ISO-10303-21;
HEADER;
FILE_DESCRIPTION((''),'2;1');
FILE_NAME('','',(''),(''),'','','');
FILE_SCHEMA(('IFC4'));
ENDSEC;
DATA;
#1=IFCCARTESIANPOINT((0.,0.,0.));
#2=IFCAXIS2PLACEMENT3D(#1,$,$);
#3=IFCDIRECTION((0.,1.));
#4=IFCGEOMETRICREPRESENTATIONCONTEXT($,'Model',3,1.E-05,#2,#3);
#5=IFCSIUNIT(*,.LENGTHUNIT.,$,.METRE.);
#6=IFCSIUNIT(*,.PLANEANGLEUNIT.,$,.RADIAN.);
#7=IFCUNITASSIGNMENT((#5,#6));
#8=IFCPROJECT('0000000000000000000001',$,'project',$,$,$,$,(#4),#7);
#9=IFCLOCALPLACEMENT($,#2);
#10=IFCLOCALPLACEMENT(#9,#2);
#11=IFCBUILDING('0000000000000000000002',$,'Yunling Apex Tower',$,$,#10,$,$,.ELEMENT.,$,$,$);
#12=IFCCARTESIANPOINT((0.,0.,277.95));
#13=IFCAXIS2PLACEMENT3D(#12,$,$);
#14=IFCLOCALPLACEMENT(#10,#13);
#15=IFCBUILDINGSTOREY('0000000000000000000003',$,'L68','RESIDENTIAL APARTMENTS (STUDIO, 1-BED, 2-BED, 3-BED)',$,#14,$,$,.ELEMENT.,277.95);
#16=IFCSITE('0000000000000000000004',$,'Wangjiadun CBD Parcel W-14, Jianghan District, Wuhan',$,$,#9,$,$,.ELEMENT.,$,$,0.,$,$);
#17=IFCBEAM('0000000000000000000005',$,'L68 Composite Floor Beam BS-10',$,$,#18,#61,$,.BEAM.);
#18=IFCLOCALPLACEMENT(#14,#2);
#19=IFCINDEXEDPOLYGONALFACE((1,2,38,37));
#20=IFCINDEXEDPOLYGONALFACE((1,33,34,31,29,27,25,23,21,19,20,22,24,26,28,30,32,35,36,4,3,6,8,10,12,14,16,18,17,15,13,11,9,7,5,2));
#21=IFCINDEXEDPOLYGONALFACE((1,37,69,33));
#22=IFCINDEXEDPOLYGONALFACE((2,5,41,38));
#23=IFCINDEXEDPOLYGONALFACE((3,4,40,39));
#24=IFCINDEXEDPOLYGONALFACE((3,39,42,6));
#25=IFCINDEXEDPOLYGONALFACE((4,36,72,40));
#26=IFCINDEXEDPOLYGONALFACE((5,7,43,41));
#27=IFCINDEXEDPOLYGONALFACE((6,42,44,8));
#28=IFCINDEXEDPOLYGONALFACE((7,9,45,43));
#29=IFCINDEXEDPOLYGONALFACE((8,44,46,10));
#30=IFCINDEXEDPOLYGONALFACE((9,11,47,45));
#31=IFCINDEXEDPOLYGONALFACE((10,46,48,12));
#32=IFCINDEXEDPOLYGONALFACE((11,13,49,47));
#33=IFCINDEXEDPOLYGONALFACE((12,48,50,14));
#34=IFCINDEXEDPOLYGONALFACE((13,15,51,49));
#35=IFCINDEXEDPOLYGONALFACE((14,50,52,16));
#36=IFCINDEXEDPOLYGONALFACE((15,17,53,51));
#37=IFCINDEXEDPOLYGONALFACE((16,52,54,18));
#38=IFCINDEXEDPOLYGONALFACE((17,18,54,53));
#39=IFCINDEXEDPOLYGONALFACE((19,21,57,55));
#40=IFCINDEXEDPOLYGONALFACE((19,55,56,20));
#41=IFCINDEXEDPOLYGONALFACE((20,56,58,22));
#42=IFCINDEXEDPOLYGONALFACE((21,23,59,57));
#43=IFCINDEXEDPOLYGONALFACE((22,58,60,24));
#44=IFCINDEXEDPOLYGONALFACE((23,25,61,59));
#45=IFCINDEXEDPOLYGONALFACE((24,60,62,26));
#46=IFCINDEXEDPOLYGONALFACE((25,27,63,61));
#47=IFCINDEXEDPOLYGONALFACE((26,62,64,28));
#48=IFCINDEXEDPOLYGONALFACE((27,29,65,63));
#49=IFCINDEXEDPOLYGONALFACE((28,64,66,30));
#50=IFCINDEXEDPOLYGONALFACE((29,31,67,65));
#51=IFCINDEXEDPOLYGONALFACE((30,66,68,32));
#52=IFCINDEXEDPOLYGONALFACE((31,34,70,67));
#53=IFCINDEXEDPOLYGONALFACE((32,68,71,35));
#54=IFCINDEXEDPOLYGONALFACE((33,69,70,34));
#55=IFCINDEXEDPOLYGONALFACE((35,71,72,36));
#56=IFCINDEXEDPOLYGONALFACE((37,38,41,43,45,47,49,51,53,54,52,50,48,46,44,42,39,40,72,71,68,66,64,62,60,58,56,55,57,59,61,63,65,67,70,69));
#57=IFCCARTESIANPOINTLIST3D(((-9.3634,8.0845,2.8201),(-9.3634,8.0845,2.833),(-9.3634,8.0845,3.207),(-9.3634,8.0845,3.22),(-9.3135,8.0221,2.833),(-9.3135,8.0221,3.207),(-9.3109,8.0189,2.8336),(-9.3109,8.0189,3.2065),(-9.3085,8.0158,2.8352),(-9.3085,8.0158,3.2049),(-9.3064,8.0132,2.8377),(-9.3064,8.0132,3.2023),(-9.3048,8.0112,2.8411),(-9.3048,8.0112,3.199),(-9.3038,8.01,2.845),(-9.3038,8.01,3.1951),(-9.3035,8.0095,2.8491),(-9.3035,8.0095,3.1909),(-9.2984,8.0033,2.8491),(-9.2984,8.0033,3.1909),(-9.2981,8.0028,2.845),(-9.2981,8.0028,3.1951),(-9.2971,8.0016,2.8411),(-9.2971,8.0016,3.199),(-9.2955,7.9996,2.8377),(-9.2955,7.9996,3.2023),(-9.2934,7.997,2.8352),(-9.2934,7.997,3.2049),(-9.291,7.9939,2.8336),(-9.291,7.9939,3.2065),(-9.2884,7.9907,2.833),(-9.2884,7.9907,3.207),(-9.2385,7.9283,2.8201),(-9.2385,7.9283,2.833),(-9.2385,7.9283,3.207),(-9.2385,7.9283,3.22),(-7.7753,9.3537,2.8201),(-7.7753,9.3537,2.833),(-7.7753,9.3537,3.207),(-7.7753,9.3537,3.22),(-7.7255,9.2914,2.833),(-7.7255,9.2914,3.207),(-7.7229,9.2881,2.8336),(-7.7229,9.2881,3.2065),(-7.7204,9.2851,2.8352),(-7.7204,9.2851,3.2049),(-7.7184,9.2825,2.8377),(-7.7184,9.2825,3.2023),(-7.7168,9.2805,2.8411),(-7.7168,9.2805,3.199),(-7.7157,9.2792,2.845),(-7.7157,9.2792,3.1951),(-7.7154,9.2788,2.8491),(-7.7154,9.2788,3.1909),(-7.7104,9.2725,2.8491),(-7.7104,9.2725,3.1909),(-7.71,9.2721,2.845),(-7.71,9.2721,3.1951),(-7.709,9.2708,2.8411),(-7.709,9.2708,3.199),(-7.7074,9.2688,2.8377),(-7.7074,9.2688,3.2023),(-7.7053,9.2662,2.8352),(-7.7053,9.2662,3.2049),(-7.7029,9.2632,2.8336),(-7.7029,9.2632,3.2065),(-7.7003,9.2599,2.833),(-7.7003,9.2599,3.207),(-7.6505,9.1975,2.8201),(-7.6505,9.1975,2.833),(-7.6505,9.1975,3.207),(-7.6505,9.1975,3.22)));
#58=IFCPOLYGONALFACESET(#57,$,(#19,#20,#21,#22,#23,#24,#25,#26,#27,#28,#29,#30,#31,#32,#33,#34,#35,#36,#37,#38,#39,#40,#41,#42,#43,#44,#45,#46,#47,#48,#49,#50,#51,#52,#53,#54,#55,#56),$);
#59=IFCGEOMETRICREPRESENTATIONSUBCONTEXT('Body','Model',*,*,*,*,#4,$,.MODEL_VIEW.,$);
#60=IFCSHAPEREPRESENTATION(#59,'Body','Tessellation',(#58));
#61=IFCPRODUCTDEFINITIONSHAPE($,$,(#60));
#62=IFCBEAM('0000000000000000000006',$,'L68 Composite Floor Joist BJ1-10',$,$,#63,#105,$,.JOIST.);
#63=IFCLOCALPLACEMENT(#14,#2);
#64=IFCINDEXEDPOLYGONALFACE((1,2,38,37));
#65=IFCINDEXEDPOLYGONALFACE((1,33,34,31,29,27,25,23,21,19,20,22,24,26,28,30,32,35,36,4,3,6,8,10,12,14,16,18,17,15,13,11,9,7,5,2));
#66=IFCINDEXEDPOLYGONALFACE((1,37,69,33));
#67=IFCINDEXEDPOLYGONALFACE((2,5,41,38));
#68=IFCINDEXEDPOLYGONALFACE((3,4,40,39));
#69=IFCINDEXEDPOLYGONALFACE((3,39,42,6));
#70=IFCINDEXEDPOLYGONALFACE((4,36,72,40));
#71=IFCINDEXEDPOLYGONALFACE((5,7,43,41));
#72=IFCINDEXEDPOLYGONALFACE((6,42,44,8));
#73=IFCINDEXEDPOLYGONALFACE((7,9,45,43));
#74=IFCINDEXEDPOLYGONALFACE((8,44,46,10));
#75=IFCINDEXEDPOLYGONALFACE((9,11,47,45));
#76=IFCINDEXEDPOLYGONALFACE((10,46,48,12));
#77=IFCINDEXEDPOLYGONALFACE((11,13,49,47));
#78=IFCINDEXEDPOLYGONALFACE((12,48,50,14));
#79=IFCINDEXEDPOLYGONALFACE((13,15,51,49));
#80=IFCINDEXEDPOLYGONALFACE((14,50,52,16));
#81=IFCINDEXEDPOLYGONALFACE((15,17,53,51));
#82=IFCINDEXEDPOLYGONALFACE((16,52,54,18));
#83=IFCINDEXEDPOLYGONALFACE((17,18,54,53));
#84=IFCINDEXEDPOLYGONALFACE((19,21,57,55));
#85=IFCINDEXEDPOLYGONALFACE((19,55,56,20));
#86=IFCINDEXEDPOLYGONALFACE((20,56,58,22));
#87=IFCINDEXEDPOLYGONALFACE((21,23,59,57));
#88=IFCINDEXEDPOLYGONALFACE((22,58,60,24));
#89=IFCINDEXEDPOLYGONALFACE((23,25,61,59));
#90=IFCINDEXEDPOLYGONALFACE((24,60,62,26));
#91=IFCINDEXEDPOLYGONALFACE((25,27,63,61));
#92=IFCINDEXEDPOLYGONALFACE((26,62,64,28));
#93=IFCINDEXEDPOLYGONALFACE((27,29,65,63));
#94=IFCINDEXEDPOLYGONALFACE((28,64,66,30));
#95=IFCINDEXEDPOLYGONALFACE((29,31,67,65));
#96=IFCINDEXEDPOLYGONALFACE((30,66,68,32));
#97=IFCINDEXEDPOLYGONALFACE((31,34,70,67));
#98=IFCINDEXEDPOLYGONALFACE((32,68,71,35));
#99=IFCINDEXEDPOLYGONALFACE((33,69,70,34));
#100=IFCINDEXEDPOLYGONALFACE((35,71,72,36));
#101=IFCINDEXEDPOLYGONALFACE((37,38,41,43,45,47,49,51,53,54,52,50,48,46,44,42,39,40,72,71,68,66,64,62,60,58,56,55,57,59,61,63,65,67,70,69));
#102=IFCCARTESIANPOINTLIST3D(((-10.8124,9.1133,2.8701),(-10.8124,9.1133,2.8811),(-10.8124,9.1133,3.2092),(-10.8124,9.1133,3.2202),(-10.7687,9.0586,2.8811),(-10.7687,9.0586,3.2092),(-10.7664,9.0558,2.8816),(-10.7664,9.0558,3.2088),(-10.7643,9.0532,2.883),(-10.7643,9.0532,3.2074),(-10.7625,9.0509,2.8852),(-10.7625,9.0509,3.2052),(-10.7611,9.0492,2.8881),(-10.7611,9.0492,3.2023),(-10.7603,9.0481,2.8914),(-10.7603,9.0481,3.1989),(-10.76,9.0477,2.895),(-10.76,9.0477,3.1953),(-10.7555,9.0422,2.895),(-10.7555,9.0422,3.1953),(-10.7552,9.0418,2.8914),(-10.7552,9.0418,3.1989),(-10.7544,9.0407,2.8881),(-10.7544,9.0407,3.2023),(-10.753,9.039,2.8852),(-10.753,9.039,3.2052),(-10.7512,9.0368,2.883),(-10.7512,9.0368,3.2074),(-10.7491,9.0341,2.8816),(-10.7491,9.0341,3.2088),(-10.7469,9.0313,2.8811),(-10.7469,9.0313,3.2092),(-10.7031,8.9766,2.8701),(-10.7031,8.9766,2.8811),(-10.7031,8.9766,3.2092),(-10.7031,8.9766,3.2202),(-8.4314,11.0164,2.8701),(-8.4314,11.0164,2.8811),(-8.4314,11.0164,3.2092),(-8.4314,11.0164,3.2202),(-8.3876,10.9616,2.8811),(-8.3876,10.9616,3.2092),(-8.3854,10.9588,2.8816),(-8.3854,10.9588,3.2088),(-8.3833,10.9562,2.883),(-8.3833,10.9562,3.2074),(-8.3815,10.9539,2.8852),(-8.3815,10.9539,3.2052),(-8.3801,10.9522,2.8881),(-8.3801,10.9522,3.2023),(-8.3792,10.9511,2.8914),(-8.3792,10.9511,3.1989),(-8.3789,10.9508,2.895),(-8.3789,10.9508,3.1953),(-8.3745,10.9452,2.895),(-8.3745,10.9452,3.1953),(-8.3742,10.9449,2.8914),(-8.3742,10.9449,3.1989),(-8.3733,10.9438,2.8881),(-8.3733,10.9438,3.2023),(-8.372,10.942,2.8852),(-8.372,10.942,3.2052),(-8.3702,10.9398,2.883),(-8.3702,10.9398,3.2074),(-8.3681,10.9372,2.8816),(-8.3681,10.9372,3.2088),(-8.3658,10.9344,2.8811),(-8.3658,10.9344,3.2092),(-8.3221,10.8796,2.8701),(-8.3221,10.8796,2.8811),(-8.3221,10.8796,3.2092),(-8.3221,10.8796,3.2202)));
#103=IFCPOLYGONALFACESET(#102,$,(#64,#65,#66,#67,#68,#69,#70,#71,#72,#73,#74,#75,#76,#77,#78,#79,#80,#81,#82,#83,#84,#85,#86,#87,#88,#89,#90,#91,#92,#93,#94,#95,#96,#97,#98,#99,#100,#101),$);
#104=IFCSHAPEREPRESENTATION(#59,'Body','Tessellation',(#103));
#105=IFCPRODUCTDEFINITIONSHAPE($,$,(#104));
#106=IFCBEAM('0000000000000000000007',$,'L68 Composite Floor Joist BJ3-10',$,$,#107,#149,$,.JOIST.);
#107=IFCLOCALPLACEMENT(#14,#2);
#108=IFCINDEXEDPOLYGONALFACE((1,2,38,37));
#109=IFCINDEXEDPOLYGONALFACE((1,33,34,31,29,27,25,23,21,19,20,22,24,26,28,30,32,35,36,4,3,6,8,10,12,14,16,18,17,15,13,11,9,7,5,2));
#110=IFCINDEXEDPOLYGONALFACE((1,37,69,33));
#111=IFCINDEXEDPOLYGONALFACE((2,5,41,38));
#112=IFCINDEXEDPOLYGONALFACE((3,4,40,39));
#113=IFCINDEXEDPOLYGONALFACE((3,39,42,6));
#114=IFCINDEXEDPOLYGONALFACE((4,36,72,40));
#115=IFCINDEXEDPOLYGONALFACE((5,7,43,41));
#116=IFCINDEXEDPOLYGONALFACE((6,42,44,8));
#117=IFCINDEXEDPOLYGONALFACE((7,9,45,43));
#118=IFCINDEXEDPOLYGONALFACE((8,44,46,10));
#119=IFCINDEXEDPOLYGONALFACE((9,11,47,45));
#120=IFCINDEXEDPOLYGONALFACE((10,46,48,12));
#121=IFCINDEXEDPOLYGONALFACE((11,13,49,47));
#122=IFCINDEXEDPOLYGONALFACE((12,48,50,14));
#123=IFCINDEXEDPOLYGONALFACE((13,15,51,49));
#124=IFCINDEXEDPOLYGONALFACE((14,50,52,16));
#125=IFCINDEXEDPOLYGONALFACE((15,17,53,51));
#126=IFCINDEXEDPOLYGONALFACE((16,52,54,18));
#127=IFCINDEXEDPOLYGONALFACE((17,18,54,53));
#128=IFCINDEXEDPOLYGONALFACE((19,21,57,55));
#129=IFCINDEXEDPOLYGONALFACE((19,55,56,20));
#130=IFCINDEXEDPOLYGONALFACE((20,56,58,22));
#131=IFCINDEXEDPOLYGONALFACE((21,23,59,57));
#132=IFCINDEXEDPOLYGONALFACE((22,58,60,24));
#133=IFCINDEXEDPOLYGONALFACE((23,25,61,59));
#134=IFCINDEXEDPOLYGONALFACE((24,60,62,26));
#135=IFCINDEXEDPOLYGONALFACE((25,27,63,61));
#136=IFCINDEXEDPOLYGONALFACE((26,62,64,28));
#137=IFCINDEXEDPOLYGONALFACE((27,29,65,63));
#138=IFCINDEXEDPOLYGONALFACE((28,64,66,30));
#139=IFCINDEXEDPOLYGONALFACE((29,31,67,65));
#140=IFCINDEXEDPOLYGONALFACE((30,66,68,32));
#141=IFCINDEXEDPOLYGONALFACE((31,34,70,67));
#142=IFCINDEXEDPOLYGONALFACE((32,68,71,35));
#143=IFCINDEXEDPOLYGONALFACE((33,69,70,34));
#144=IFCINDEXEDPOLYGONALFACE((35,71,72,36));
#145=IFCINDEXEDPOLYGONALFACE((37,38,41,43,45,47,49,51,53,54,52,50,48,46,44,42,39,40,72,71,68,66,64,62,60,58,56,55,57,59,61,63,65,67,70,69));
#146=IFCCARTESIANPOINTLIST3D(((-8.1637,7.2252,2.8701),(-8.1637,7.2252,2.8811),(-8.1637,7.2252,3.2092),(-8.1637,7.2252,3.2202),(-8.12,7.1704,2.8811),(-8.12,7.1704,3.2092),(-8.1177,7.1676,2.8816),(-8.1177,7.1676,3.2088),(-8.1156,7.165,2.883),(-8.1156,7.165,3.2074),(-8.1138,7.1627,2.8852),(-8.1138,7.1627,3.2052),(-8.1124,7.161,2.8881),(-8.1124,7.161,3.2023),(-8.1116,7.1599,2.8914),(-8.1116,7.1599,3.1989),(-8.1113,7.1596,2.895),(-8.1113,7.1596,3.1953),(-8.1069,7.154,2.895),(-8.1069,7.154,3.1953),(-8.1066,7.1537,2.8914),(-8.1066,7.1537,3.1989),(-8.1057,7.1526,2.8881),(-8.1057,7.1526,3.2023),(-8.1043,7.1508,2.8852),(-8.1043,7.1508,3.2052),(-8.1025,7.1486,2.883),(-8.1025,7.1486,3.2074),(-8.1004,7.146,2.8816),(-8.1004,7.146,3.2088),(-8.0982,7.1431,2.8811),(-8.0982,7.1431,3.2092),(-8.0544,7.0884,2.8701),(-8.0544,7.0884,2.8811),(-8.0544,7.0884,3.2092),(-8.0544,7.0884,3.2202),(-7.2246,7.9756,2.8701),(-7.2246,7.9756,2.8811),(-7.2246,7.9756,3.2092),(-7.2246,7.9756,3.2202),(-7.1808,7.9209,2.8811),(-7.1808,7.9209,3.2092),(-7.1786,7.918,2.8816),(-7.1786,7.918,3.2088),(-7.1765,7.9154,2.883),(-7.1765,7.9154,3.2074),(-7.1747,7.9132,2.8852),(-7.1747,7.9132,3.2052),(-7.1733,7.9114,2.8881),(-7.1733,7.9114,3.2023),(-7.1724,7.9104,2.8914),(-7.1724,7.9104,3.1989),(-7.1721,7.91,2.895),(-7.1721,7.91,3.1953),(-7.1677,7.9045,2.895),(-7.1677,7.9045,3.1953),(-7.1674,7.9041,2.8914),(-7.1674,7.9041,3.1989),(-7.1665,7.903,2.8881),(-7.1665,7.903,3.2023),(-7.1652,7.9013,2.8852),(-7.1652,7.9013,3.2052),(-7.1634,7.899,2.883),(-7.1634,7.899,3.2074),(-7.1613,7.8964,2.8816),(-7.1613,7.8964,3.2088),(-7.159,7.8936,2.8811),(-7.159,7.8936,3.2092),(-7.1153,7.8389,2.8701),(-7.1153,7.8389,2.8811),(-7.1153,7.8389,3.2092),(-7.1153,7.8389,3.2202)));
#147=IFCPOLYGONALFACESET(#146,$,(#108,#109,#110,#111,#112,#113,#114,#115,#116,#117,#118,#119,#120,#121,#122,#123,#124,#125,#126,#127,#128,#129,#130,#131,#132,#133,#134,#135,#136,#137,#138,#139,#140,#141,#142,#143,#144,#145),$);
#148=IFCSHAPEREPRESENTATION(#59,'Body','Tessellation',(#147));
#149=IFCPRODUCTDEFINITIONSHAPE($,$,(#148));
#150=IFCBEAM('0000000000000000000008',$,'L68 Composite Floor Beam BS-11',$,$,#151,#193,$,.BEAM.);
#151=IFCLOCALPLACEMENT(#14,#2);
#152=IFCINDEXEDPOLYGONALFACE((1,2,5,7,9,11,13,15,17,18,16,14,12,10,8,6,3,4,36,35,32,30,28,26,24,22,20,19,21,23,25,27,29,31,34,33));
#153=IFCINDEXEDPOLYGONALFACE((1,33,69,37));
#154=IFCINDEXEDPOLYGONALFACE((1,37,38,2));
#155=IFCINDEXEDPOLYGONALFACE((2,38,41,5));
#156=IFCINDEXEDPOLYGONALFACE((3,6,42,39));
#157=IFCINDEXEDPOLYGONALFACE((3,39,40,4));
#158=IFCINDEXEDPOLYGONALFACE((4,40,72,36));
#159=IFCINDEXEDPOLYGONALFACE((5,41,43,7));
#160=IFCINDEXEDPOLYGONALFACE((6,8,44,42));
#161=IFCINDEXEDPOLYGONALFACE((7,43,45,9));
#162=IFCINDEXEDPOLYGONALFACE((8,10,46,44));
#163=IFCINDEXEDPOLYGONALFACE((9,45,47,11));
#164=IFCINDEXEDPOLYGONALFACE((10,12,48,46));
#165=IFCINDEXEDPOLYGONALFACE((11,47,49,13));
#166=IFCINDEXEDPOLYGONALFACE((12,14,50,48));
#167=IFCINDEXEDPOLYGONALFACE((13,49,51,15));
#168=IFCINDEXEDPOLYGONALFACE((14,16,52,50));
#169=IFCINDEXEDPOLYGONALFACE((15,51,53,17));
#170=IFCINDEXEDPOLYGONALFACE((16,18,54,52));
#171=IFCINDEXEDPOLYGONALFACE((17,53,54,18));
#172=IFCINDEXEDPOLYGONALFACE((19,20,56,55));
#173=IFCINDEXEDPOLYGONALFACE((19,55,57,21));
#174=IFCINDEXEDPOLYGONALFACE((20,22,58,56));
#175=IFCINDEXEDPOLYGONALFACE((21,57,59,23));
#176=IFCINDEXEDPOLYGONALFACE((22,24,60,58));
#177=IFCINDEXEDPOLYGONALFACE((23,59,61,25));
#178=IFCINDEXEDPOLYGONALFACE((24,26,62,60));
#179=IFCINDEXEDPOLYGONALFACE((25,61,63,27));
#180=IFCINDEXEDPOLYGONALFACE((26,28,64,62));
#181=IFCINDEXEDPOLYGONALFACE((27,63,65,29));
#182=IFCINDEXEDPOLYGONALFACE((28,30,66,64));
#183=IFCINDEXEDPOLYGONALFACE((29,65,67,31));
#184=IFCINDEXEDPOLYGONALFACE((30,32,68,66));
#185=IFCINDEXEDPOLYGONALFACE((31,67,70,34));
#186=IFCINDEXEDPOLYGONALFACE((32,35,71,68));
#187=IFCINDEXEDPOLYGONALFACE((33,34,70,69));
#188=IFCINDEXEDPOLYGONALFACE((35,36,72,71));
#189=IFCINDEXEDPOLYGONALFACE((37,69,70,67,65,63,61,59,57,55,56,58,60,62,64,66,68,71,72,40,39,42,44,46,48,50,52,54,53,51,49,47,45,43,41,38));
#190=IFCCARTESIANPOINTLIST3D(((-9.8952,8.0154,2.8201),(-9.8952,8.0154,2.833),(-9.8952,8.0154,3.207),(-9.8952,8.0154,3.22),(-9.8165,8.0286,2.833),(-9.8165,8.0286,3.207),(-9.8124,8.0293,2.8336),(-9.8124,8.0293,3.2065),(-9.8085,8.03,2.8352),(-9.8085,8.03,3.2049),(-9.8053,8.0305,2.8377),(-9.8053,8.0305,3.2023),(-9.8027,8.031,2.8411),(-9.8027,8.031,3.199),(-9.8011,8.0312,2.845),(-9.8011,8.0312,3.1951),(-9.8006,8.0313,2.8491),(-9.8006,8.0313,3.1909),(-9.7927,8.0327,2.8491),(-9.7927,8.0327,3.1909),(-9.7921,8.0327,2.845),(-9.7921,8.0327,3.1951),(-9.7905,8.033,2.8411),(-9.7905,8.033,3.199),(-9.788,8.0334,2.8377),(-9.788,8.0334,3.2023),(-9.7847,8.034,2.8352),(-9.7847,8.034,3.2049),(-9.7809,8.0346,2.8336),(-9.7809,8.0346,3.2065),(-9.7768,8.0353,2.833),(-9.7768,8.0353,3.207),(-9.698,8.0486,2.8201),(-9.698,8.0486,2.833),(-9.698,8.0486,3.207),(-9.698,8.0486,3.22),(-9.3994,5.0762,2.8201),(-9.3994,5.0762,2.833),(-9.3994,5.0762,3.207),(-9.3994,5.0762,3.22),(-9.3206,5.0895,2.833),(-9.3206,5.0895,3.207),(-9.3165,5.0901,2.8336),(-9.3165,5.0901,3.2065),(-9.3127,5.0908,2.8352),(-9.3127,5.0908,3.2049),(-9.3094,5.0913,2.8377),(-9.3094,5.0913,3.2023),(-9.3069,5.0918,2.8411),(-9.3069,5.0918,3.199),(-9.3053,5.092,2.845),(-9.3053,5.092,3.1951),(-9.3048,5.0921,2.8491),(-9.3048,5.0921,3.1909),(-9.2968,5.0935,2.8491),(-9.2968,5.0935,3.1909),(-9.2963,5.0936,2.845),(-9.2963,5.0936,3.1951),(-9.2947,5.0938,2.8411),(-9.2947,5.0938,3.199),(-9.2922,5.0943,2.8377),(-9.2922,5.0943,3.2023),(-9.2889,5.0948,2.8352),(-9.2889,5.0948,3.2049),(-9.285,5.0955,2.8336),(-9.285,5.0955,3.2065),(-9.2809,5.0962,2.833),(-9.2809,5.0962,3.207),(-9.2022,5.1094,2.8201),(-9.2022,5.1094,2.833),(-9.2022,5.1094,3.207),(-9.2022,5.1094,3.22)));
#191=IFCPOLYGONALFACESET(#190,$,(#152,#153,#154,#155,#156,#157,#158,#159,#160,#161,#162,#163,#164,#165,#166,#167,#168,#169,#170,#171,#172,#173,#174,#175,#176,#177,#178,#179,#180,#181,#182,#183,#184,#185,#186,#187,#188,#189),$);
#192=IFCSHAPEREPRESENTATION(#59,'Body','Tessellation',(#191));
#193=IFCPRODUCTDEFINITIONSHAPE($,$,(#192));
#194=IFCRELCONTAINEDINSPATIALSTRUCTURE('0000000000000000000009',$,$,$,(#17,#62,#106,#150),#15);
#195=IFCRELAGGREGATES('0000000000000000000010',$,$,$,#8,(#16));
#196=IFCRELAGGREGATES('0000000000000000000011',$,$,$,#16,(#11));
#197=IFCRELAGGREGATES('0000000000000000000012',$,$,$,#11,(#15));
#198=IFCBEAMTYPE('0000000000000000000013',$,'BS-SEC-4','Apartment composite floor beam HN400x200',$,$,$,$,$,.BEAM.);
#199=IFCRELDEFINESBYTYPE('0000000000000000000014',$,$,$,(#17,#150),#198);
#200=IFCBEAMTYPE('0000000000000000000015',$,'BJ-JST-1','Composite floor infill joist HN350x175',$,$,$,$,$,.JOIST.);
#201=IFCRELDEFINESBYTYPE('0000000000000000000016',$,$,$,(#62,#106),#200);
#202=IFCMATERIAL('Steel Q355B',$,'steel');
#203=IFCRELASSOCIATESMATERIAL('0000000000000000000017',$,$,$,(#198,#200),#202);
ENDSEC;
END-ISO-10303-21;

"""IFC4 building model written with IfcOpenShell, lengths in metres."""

from ifc_helpers import new_model, si_unit, direction, frame, origin, origin_2d, place, context, subcontext, project, spatial, i_section, extrude, source, transform, mapped, material, material_profile, profile_set, type_object, element, save


model = new_model("IFC4")

# Units and contexts
model_context = context("Model", 3, precision=1e-05, world=origin(), true_north=direction((0.0, 1.0)))
body_context = subcontext(model_context, "Body", "Model", "MODEL_VIEW")
ifc_project = project(units=[si_unit("LENGTHUNIT", "METRE"), si_unit("PLANEANGLEUNIT", "RADIAN")], contexts=[model_context])

# Site, building, storey
site_placement = place(None, origin())
site = spatial("IfcSite", under=ifc_project, at=site_placement, Name="Wangjiadun CBD Parcel W-14, Jianghan District, Wuhan", CompositionType="ELEMENT", RefElevation=0.0)
building_placement = place(site_placement, origin())
building = spatial("IfcBuilding", under=site, at=building_placement, Name="Yunling Apex Tower", CompositionType="ELEMENT")
storey_placement = place(building_placement, frame((0.0, 0.0, 277.95)))
storey = spatial("IfcBuildingStorey", under=building, at=storey_placement, Name="L68", Description="RESIDENTIAL APARTMENTS (STUDIO, 1-BED, 2-BED, 3-BED)", CompositionType="ELEMENT", Elevation=277.95)

# Shared definitions
ifc_material_1 = material(Name="Steel Q355B", Category="steel")

# Beams
ifc_material_profile_1 = material_profile(ifc_material_1, i_section(OverallWidth=0.2, OverallDepth=0.3999, WebThickness=0.0081, FlangeThickness=0.0129, FilletRadius=0.0161, at=origin_2d()))
ifc_profile_set_1 = profile_set([ifc_material_profile_1], Name="Steel Q355B")
beam_type_1 = type_object("IfcBeamType", Name="BS-SEC-4", Description="Apartment composite floor beam HN400x200", PredefinedType="BEAM", material=ifc_profile_set_1)
ifc_material_profile_2 = material_profile(ifc_material_1, i_section(OverallWidth=0.175, OverallDepth=0.3501, WebThickness=0.0071, FlangeThickness=0.011, FilletRadius=0.0139, at=origin_2d()))
ifc_profile_set_2 = profile_set([ifc_material_profile_2], Name="Steel Q355B")
beam_type_2 = type_object("IfcBeamType", Name="BJ-JST-1", Description="Composite floor infill joist HN350x175", PredefinedType="JOIST", material=ifc_profile_set_2)
shared_shape_1 = source(origin(), body_context, "Body", "SweptSolid", [
    extrude(i_section(OverallWidth=0.2, OverallDepth=0.3999, WebThickness=0.0081, FlangeThickness=0.0129, FilletRadius=0.0161, at=origin_2d()), origin(), (0.0, 0.0, 1.0), 2.033),
])
beam_1_placement = place(storey_placement, frame((-7.7129, 9.2756, 3.02), z_axis=(-0.781162, -0.624329, 0.0), x_axis=(0.624329, -0.781162, 0.0)))
element("IfcBeam", 1, at=beam_1_placement, inside=storey, type_object=beam_type_1, Name="L68 Composite Floor Beam BS-10", PredefinedType="BEAM", context=body_context, shape_type="MappedRepresentation", body=[
    mapped(shared_shape_1, transform((0.0, 0.0, 0.0), scale=1.0)),
])
shared_shape_2 = source(origin(), body_context, "Body", "SweptSolid", [
    extrude(i_section(OverallWidth=0.175, OverallDepth=0.3501, WebThickness=0.0071, FlangeThickness=0.011, FilletRadius=0.0139, at=origin_2d()), origin(), (0.0, 0.0, 1.0), 3.0481),
])
beam_2_placement = place(storey_placement, frame((-8.3767, 10.948, 3.0452), z_axis=(-0.781158, -0.624334, 0.0), x_axis=(0.624334, -0.781158, 0.0)))
element("IfcBeam", 2, at=beam_2_placement, inside=storey, type_object=beam_type_2, Name="L68 Composite Floor Joist BJ1-10", PredefinedType="JOIST", context=body_context, shape_type="MappedRepresentation", body=[
    mapped(shared_shape_2, transform((0.0, 0.0, 0.0), scale=1.0)),
])
shared_shape_3 = source(origin(), body_context, "Body", "SweptSolid", [
    extrude(i_section(OverallWidth=0.175, OverallDepth=0.3501, WebThickness=0.0071, FlangeThickness=0.011, FilletRadius=0.0139, at=origin_2d()), origin(), (0.0, 0.0, 1.0), 1.2021),
])
beam_3_placement = place(storey_placement, frame((-7.1699, 7.9072, 3.0452), z_axis=(-0.781225, -0.624249, 0.0), x_axis=(0.624249, -0.781225, 0.0)))
element("IfcBeam", 3, at=beam_3_placement, inside=storey, type_object=beam_type_2, Name="L68 Composite Floor Joist BJ3-10", PredefinedType="JOIST", context=body_context, shape_type="MappedRepresentation", body=[
    mapped(shared_shape_3, transform((0.0, 0.0, 0.0), scale=1.0)),
])
shared_shape_4 = source(origin(), body_context, "Body", "SweptSolid", [
    extrude(i_section(OverallWidth=0.2, OverallDepth=0.3999, WebThickness=0.0081, FlangeThickness=0.0129, FilletRadius=0.0161, at=origin_2d()), origin(), (0.0, 0.0, 1.0), 2.9807),
])
beam_4_placement = place(storey_placement, frame((-9.7966, 8.032, 3.02), z_axis=(0.166351, -0.986067, 0.0), x_axis=(0.986067, 0.166351, 0.0)))
element("IfcBeam", 4, at=beam_4_placement, inside=storey, type_object=beam_type_1, Name="L68 Composite Floor Beam BS-11", PredefinedType="BEAM", context=body_context, shape_type="MappedRepresentation", body=[
    mapped(shared_shape_4, transform((0.0, 0.0, 0.0), scale=1.0)),
])

save(model, "model.ifc")
